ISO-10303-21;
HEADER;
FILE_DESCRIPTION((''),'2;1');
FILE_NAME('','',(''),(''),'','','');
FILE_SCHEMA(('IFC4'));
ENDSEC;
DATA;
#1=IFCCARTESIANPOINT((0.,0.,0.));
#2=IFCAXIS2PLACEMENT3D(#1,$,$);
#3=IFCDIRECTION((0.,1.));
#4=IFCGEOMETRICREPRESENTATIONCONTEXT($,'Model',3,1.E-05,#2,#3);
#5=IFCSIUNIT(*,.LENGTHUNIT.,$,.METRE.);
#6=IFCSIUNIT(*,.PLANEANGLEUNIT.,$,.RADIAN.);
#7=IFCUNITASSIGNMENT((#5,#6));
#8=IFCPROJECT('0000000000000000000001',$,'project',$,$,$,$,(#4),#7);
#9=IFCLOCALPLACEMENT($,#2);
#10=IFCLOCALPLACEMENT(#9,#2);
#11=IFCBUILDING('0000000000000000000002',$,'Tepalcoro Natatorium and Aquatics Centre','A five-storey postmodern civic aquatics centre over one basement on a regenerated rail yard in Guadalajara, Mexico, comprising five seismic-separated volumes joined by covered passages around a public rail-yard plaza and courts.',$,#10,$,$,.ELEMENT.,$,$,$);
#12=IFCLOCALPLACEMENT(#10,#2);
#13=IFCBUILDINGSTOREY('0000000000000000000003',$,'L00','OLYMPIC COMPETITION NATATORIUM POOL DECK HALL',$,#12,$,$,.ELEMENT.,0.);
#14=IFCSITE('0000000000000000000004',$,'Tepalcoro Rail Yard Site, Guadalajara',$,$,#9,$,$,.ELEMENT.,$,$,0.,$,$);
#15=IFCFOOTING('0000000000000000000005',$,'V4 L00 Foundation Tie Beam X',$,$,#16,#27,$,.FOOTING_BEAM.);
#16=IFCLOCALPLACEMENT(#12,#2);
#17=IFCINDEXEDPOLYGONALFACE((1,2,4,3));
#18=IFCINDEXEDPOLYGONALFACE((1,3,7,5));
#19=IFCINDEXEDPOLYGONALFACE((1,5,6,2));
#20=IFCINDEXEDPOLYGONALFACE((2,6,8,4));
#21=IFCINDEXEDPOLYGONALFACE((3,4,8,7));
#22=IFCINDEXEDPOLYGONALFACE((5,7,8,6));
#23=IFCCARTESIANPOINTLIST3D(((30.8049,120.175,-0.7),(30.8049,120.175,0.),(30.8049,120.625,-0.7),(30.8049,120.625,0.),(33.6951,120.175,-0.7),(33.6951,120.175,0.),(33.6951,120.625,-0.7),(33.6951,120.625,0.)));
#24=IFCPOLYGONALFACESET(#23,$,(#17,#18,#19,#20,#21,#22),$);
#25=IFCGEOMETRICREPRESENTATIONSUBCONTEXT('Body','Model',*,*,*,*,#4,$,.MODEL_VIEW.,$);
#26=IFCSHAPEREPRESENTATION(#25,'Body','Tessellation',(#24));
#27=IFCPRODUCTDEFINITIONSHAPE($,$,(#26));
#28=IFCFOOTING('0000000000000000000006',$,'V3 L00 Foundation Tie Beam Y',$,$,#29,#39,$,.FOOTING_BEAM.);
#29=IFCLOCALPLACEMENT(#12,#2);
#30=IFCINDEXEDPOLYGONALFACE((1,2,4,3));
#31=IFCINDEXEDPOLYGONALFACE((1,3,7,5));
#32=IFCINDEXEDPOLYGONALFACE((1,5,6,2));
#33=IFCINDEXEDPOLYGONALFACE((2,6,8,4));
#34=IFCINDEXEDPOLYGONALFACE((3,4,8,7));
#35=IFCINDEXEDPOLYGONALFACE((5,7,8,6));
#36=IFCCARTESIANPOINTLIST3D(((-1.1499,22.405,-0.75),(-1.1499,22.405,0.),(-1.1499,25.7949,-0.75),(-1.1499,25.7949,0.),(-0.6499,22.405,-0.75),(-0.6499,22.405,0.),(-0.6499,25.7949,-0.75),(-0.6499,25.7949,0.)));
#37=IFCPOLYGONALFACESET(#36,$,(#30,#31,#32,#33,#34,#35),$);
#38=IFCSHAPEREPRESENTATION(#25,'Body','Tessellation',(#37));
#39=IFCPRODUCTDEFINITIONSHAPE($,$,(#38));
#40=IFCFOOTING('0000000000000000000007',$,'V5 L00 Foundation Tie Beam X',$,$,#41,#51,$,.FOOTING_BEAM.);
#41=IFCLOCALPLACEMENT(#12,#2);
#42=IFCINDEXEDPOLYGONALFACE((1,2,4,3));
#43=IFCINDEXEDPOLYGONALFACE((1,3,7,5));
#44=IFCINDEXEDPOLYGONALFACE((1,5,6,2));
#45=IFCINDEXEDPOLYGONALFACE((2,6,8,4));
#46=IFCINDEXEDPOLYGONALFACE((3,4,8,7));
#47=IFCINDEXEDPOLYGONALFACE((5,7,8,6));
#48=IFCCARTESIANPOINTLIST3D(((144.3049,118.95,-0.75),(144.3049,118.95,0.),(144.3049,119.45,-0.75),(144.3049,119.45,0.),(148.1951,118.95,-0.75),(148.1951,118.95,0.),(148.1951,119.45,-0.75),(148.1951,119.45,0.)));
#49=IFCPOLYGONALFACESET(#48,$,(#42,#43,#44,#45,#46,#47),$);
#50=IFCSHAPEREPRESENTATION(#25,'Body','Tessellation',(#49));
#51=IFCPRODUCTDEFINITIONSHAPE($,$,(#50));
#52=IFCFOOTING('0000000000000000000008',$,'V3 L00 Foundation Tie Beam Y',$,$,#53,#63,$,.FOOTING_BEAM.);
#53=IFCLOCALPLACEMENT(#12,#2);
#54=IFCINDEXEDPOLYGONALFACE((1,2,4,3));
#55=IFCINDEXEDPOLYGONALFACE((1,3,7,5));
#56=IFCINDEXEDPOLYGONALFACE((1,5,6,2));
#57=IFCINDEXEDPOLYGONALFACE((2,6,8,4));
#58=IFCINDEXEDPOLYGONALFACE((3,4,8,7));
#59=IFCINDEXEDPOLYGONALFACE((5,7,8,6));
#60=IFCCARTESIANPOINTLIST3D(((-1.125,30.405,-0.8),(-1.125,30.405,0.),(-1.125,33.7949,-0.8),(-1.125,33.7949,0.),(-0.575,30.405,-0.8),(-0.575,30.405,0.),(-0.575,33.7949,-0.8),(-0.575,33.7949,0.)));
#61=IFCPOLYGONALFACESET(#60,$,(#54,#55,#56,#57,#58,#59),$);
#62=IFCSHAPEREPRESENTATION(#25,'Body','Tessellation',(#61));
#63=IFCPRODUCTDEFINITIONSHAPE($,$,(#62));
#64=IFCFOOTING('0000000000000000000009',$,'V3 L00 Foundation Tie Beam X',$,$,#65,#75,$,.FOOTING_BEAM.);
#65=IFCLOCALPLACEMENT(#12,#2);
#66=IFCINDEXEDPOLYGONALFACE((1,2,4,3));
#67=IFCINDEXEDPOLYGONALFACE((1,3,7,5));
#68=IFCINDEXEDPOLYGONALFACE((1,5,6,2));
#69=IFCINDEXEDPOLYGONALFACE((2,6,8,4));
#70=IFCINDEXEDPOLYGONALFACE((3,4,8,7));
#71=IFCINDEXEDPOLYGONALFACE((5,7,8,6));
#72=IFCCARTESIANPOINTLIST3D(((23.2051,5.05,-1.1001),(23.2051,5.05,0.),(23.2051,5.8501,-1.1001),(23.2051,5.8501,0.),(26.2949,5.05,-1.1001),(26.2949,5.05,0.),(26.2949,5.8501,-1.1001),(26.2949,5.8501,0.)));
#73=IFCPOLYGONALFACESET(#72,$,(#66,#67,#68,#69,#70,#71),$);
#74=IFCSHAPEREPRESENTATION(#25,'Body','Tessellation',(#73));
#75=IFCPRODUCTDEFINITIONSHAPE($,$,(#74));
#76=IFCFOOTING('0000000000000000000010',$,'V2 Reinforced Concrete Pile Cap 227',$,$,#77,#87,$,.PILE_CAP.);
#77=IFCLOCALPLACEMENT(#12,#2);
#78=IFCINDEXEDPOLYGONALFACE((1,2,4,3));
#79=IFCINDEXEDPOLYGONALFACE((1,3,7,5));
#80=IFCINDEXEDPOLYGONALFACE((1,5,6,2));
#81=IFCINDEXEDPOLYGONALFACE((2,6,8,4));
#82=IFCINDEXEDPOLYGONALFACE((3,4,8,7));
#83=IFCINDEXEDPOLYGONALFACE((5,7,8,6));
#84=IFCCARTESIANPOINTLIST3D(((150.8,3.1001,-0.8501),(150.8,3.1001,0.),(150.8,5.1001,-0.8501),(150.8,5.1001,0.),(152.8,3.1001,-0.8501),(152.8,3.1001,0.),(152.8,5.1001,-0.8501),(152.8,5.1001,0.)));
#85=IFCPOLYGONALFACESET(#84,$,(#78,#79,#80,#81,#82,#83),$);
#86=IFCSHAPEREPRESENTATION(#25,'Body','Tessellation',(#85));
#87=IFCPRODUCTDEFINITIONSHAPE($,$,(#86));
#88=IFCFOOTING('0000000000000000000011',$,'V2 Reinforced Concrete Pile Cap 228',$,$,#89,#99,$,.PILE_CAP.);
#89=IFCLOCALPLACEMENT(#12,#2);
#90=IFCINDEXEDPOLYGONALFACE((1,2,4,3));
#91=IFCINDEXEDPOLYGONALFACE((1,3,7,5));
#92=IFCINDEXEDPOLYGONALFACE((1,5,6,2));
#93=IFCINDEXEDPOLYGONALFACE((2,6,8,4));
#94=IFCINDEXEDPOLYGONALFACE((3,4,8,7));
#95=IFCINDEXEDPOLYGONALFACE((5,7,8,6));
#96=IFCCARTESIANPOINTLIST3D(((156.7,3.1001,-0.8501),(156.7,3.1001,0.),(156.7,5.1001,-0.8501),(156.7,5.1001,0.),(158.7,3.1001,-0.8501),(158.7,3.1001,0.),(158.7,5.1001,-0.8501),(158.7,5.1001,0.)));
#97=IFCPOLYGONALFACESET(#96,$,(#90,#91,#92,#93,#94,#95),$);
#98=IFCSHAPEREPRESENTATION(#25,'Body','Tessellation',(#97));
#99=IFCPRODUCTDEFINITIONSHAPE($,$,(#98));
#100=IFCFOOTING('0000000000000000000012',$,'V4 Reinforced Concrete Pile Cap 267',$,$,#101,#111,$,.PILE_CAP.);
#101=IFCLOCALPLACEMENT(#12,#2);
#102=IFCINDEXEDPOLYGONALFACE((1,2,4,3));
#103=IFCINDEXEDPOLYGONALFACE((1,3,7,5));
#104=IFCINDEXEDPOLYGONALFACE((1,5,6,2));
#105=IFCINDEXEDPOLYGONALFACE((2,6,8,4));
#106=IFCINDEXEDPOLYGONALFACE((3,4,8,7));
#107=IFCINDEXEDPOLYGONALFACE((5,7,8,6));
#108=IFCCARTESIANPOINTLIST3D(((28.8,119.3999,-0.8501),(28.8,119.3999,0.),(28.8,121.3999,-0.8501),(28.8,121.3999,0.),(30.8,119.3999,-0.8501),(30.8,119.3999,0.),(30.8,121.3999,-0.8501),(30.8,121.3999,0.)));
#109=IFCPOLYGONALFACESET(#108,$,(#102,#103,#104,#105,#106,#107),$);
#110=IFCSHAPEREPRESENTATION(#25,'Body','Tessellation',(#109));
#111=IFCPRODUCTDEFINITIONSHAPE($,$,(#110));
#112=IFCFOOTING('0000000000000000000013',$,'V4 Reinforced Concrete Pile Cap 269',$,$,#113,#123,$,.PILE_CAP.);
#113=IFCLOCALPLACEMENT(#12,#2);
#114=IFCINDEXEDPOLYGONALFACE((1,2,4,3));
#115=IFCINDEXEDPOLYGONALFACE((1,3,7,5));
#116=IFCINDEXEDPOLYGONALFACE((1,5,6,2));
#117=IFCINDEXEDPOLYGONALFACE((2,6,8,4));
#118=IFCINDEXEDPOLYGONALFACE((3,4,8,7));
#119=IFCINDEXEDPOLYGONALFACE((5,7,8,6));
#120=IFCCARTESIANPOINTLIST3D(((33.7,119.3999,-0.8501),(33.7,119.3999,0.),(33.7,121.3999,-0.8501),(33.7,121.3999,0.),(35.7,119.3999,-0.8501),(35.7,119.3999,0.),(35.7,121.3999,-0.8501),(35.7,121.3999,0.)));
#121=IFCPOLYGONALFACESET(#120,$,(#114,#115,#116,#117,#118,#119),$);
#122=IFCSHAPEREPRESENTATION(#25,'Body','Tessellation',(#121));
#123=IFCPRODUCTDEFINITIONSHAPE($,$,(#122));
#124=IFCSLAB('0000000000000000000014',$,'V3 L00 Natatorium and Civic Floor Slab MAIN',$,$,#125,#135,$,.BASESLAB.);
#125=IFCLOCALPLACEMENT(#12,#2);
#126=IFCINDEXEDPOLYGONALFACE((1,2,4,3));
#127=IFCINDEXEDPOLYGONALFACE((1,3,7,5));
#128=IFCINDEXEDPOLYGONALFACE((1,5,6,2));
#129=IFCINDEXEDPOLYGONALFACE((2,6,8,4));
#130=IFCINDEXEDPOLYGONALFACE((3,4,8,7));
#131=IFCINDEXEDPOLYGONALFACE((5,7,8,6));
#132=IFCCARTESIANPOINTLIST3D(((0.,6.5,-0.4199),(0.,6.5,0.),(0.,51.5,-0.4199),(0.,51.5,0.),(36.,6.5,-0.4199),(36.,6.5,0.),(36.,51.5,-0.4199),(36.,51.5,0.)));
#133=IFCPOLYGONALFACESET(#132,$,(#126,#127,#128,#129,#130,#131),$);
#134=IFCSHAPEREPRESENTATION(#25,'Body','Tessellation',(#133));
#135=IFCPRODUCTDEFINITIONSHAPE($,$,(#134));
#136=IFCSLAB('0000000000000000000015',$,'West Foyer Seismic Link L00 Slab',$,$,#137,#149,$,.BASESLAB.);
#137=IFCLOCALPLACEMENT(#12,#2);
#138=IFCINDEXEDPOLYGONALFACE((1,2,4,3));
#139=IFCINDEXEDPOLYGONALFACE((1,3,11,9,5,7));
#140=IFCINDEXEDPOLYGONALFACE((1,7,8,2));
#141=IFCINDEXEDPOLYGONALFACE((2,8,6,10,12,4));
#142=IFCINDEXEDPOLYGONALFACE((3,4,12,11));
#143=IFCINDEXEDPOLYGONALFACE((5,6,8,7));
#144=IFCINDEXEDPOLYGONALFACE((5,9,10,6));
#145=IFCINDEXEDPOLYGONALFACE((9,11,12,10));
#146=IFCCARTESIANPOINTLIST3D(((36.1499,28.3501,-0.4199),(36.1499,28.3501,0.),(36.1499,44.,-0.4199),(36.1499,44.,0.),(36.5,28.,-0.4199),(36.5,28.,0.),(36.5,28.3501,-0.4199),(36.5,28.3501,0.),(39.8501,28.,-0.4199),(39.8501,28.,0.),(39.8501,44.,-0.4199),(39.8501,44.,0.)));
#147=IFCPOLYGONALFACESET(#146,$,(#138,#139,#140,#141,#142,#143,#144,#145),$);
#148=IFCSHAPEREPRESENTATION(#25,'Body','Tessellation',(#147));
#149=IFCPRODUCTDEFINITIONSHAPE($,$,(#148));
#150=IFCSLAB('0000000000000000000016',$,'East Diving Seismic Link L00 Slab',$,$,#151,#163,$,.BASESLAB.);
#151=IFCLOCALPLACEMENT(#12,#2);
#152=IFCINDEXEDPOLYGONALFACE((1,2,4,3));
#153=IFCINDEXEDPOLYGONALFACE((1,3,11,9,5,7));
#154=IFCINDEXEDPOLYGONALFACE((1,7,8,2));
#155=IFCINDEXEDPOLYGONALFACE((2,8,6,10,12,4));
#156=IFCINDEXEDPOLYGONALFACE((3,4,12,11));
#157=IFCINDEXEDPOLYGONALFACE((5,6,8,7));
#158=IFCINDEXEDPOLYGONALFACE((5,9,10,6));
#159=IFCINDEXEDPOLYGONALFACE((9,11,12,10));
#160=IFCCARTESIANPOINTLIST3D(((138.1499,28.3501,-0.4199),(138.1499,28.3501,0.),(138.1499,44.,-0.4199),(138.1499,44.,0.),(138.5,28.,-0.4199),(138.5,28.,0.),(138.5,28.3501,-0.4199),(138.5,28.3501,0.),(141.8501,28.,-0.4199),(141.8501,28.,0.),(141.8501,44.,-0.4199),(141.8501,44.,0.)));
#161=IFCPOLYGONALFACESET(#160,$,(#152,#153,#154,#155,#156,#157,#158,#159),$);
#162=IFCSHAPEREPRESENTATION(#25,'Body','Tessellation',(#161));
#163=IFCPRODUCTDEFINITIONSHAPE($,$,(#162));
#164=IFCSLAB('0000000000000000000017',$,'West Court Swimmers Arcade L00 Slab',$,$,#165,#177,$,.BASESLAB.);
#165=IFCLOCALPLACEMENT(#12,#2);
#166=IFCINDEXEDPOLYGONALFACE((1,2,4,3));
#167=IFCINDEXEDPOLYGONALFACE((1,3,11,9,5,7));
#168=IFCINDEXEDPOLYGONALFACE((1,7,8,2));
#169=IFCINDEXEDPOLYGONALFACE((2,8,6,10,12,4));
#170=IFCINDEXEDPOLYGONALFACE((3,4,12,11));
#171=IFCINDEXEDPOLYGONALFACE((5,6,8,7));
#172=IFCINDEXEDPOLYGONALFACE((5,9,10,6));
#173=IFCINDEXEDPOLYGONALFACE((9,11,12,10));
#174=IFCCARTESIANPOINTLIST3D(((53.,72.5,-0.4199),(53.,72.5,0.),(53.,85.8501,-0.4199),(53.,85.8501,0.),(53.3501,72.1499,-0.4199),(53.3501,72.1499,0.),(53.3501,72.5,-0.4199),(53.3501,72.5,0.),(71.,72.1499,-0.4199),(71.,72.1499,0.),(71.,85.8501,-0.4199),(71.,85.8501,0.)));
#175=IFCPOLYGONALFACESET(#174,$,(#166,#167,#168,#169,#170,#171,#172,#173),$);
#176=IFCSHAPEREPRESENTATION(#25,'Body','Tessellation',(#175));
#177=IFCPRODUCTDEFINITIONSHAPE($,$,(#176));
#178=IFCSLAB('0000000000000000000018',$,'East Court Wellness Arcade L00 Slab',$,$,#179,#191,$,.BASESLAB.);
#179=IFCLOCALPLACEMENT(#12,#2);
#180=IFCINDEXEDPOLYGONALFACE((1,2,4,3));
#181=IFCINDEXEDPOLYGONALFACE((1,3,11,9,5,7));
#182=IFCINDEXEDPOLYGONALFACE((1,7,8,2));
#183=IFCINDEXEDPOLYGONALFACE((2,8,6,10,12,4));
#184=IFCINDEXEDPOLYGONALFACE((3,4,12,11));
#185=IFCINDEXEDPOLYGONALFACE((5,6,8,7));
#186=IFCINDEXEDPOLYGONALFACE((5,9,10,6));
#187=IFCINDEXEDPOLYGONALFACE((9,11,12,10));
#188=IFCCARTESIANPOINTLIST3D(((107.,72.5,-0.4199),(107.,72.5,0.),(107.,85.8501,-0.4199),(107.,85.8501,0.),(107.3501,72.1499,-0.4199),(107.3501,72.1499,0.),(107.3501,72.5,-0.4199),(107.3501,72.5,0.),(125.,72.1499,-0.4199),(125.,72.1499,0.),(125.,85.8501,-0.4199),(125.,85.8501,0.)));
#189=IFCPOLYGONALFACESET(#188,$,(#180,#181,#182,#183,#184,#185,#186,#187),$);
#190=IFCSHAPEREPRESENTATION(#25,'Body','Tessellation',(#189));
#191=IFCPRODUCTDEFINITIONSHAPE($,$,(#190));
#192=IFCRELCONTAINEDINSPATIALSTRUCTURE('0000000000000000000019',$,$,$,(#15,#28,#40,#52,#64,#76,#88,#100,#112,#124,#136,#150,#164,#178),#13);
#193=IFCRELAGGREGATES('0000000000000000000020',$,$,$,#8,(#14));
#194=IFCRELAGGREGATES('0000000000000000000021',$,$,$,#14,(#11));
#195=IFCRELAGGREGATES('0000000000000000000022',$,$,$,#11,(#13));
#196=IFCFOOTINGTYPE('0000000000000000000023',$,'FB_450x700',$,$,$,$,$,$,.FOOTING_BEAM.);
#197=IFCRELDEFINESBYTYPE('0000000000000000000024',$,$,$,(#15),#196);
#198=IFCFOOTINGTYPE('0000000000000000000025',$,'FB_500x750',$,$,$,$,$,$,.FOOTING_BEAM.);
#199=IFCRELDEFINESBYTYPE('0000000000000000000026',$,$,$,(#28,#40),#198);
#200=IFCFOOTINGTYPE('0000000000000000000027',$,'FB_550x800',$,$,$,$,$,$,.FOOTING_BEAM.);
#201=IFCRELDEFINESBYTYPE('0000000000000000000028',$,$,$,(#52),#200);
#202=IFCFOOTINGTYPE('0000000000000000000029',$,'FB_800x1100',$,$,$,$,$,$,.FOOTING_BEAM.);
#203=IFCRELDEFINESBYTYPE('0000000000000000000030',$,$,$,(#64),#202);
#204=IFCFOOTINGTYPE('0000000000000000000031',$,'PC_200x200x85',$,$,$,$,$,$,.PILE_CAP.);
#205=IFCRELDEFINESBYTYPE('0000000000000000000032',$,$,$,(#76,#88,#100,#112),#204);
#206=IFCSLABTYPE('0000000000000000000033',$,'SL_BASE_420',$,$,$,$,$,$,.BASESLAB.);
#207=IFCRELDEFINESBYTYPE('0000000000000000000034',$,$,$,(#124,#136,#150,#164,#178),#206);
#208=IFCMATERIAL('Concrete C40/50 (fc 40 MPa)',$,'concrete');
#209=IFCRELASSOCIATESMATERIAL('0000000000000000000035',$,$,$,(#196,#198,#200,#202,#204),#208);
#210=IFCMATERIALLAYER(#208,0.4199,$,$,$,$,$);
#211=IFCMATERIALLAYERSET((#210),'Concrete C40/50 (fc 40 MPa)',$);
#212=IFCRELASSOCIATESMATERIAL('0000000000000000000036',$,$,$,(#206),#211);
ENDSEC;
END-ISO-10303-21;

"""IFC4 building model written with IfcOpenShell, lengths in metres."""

from ifc_helpers import new_model, si_unit, direction, frame, origin, place, context, subcontext, project, spatial, polyline, outline, extrude, material, layer, layer_set, type_object, element, save


model = new_model("IFC4")

# Units and contexts
model_context = context("Model", 3, precision=1e-05, world=origin(), true_north=direction((0.0, 1.0)))
body_context = subcontext(model_context, "Body", "Model", "MODEL_VIEW")
ifc_project = project(units=[si_unit("LENGTHUNIT", "METRE"), si_unit("PLANEANGLEUNIT", "RADIAN")], contexts=[model_context])

# Site, building, storey
site_placement = place(None, origin())
site = spatial("IfcSite", under=ifc_project, at=site_placement, Name="Tepalcoro Rail Yard Site, Guadalajara", CompositionType="ELEMENT", RefElevation=0.0)
building_placement = place(site_placement, origin())
building = spatial("IfcBuilding", under=site, at=building_placement, Name="Tepalcoro Natatorium and Aquatics Centre", Description="A five-storey postmodern civic aquatics centre over one basement on a regenerated rail yard in Guadalajara, Mexico, comprising five seismic-separated volumes joined by covered passages around a public rail-yard plaza and courts.", CompositionType="ELEMENT")
storey_placement = place(building_placement, origin())
storey = spatial("IfcBuildingStorey", under=building, at=storey_placement, Name="L00", Description="OLYMPIC COMPETITION NATATORIUM POOL DECK HALL", CompositionType="ELEMENT", Elevation=0.0)

# Footings
ifc_material_1 = material(Name="Concrete C40/50 (fc 40 MPa)", Category="concrete")
footing_type_1 = type_object("IfcFootingType", Name="FB_450x700", PredefinedType="FOOTING_BEAM", material=ifc_material_1)
footing_1_placement = place(storey_placement, frame((0.0, 0.0, -0.7)))
element("IfcFooting", 1, at=footing_1_placement, inside=storey, type_object=footing_type_1, Name="V4 L00 Foundation Tie Beam X", PredefinedType="FOOTING_BEAM", context=body_context, shape_type="SweptSolid", body=[
    extrude(outline(polyline([(30.8049, 120.175), (33.6951, 120.175), (33.6951, 120.625), (30.8049, 120.625), (30.8049, 120.175)])), origin(), (0.0, 0.0, 1.0), 0.7),
])
footing_type_2 = type_object("IfcFootingType", Name="FB_500x750", PredefinedType="FOOTING_BEAM", material=ifc_material_1)
footing_2_placement = place(storey_placement, frame((0.0, 0.0, -0.75)))
element("IfcFooting", 2, at=footing_2_placement, inside=storey, type_object=footing_type_2, Name="V3 L00 Foundation Tie Beam Y", PredefinedType="FOOTING_BEAM", context=body_context, shape_type="SweptSolid", body=[
    extrude(outline(polyline([(-0.6499, 22.405), (-0.6499, 25.7949), (-1.1499, 25.7949), (-1.1499, 22.405), (-0.6499, 22.405)])), origin(), (0.0, 0.0, 1.0), 0.75),
])
footing_3_placement = place(storey_placement, frame((0.0, 0.0, -0.75)))
element("IfcFooting", 3, at=footing_3_placement, inside=storey, type_object=footing_type_2, Name="V5 L00 Foundation Tie Beam X", PredefinedType="FOOTING_BEAM", context=body_context, shape_type="SweptSolid", body=[
    extrude(outline(polyline([(144.3049, 118.95), (148.1951, 118.95), (148.1951, 119.45), (144.3049, 119.45), (144.3049, 118.95)])), origin(), (0.0, 0.0, 1.0), 0.75),
])
footing_type_3 = type_object("IfcFootingType", Name="FB_550x800", PredefinedType="FOOTING_BEAM", material=ifc_material_1)
footing_4_placement = place(storey_placement, frame((0.0, 0.0, -0.8)))
element("IfcFooting", 4, at=footing_4_placement, inside=storey, type_object=footing_type_3, Name="V3 L00 Foundation Tie Beam Y", PredefinedType="FOOTING_BEAM", context=body_context, shape_type="SweptSolid", body=[
    extrude(outline(polyline([(-0.575, 30.405), (-0.575, 33.7949), (-1.125, 33.7949), (-1.125, 30.405), (-0.575, 30.405)])), origin(), (0.0, 0.0, 1.0), 0.8),
])
footing_type_4 = type_object("IfcFootingType", Name="FB_800x1100", PredefinedType="FOOTING_BEAM", material=ifc_material_1)
footing_5_placement = place(storey_placement, frame((0.0, 0.0, -1.1001)))
element("IfcFooting", 5, at=footing_5_placement, inside=storey, type_object=footing_type_4, Name="V3 L00 Foundation Tie Beam X", PredefinedType="FOOTING_BEAM", context=body_context, shape_type="SweptSolid", body=[
    extrude(outline(polyline([(23.2051, 5.05), (26.2949, 5.05), (26.2949, 5.8501), (23.2051, 5.8501), (23.2051, 5.05)])), origin(), (0.0, 0.0, 1.0), 1.1001),
])
footing_type_5 = type_object("IfcFootingType", Name="PC_200x200x85", PredefinedType="PILE_CAP", material=ifc_material_1)
footing_6_placement = place(storey_placement, frame((0.0, 0.0, -0.8501)))
element("IfcFooting", 6, at=footing_6_placement, inside=storey, type_object=footing_type_5, Name="V2 Reinforced Concrete Pile Cap 227", PredefinedType="PILE_CAP", context=body_context, shape_type="SweptSolid", body=[
    extrude(outline(polyline([(150.8, 3.1001), (152.8, 3.1001), (152.8, 5.1001), (150.8, 5.1001), (150.8, 3.1001)])), origin(), (0.0, 0.0, 1.0), 0.8501),
])
footing_7_placement = place(storey_placement, frame((0.0, 0.0, -0.8501)))
element("IfcFooting", 7, at=footing_7_placement, inside=storey, type_object=footing_type_5, Name="V2 Reinforced Concrete Pile Cap 228", PredefinedType="PILE_CAP", context=body_context, shape_type="SweptSolid", body=[
    extrude(outline(polyline([(156.7, 3.1001), (158.7, 3.1001), (158.7, 5.1001), (156.7, 5.1001), (156.7, 3.1001)])), origin(), (0.0, 0.0, 1.0), 0.8501),
])
footing_8_placement = place(storey_placement, frame((0.0, 0.0, -0.8501)))
element("IfcFooting", 8, at=footing_8_placement, inside=storey, type_object=footing_type_5, Name="V4 Reinforced Concrete Pile Cap 267", PredefinedType="PILE_CAP", context=body_context, shape_type="SweptSolid", body=[
    extrude(outline(polyline([(28.8, 119.3999), (30.8, 119.3999), (30.8, 121.3999), (28.8, 121.3999), (28.8, 119.3999)])), origin(), (0.0, 0.0, 1.0), 0.8501),
])
footing_9_placement = place(storey_placement, frame((0.0, 0.0, -0.8501)))
element("IfcFooting", 9, at=footing_9_placement, inside=storey, type_object=footing_type_5, Name="V4 Reinforced Concrete Pile Cap 269", PredefinedType="PILE_CAP", context=body_context, shape_type="SweptSolid", body=[
    extrude(outline(polyline([(33.7, 119.3999), (35.7, 119.3999), (35.7, 121.3999), (33.7, 121.3999), (33.7, 119.3999)])), origin(), (0.0, 0.0, 1.0), 0.8501),
])

# Slabs
ifc_layer_1 = layer(ifc_material_1, 0.4199)
ifc_layer_set_1 = layer_set([ifc_layer_1], Name="Concrete C40/50 (fc 40 MPa)")
slab_type_1 = type_object("IfcSlabType", Name="SL_BASE_420", PredefinedType="BASESLAB", material=ifc_layer_set_1)
slab_1_placement = place(storey_placement, frame((0.0, 0.0, -0.4199)))
element("IfcSlab", 10, at=slab_1_placement, inside=storey, type_object=slab_type_1, Name="V3 L00 Natatorium and Civic Floor Slab MAIN", PredefinedType="BASESLAB", context=body_context, shape_type="SweptSolid", body=[
    extrude(outline(polyline([(36.0, 6.5), (36.0, 51.5), (0.0, 51.5), (0.0, 6.5), (36.0, 6.5)])), origin(), (0.0, 0.0, 1.0), 0.4199),
])
slab_2_placement = place(storey_placement, frame((0.0, 0.0, -0.4199)))
element("IfcSlab", 11, at=slab_2_placement, inside=storey, type_object=slab_type_1, Name="West Foyer Seismic Link L00 Slab", PredefinedType="BASESLAB", context=body_context, shape_type="SweptSolid", body=[
    extrude(outline(polyline([(36.1499, 44.0), (39.8501, 44.0), (39.8501, 28.0), (36.5, 28.0), (36.5, 28.3501), (36.1499, 28.3501), (36.1499, 44.0)])), origin(), (0.0, 0.0, 1.0), 0.4199),
])
slab_3_placement = place(storey_placement, frame((0.0, 0.0, -0.4199)))
element("IfcSlab", 12, at=slab_3_placement, inside=storey, type_object=slab_type_1, Name="East Diving Seismic Link L00 Slab", PredefinedType="BASESLAB", context=body_context, shape_type="SweptSolid", body=[
    extrude(outline(polyline([(138.1499, 44.0), (141.8501, 44.0), (141.8501, 28.0), (138.5, 28.0), (138.5, 28.3501), (138.1499, 28.3501), (138.1499, 44.0)])), origin(), (0.0, 0.0, 1.0), 0.4199),
])
slab_4_placement = place(storey_placement, frame((0.0, 0.0, -0.4199)))
element("IfcSlab", 13, at=slab_4_placement, inside=storey, type_object=slab_type_1, Name="West Court Swimmers Arcade L00 Slab", PredefinedType="BASESLAB", context=body_context, shape_type="SweptSolid", body=[
    extrude(outline(polyline([(53.0, 85.8501), (71.0, 85.8501), (71.0, 72.1499), (53.3501, 72.1499), (53.3501, 72.5), (53.0, 72.5), (53.0, 85.8501)])), origin(), (0.0, 0.0, 1.0), 0.4199),
])
slab_5_placement = place(storey_placement, frame((0.0, 0.0, -0.4199)))
element("IfcSlab", 14, at=slab_5_placement, inside=storey, type_object=slab_type_1, Name="East Court Wellness Arcade L00 Slab", PredefinedType="BASESLAB", context=body_context, shape_type="SweptSolid", body=[
    extrude(outline(polyline([(107.0, 85.8501), (125.0, 85.8501), (125.0, 72.1499), (107.3501, 72.1499), (107.3501, 72.5), (107.0, 72.5), (107.0, 85.8501)])), origin(), (0.0, 0.0, 1.0), 0.4199),
])

save(model, "model.ifc")
